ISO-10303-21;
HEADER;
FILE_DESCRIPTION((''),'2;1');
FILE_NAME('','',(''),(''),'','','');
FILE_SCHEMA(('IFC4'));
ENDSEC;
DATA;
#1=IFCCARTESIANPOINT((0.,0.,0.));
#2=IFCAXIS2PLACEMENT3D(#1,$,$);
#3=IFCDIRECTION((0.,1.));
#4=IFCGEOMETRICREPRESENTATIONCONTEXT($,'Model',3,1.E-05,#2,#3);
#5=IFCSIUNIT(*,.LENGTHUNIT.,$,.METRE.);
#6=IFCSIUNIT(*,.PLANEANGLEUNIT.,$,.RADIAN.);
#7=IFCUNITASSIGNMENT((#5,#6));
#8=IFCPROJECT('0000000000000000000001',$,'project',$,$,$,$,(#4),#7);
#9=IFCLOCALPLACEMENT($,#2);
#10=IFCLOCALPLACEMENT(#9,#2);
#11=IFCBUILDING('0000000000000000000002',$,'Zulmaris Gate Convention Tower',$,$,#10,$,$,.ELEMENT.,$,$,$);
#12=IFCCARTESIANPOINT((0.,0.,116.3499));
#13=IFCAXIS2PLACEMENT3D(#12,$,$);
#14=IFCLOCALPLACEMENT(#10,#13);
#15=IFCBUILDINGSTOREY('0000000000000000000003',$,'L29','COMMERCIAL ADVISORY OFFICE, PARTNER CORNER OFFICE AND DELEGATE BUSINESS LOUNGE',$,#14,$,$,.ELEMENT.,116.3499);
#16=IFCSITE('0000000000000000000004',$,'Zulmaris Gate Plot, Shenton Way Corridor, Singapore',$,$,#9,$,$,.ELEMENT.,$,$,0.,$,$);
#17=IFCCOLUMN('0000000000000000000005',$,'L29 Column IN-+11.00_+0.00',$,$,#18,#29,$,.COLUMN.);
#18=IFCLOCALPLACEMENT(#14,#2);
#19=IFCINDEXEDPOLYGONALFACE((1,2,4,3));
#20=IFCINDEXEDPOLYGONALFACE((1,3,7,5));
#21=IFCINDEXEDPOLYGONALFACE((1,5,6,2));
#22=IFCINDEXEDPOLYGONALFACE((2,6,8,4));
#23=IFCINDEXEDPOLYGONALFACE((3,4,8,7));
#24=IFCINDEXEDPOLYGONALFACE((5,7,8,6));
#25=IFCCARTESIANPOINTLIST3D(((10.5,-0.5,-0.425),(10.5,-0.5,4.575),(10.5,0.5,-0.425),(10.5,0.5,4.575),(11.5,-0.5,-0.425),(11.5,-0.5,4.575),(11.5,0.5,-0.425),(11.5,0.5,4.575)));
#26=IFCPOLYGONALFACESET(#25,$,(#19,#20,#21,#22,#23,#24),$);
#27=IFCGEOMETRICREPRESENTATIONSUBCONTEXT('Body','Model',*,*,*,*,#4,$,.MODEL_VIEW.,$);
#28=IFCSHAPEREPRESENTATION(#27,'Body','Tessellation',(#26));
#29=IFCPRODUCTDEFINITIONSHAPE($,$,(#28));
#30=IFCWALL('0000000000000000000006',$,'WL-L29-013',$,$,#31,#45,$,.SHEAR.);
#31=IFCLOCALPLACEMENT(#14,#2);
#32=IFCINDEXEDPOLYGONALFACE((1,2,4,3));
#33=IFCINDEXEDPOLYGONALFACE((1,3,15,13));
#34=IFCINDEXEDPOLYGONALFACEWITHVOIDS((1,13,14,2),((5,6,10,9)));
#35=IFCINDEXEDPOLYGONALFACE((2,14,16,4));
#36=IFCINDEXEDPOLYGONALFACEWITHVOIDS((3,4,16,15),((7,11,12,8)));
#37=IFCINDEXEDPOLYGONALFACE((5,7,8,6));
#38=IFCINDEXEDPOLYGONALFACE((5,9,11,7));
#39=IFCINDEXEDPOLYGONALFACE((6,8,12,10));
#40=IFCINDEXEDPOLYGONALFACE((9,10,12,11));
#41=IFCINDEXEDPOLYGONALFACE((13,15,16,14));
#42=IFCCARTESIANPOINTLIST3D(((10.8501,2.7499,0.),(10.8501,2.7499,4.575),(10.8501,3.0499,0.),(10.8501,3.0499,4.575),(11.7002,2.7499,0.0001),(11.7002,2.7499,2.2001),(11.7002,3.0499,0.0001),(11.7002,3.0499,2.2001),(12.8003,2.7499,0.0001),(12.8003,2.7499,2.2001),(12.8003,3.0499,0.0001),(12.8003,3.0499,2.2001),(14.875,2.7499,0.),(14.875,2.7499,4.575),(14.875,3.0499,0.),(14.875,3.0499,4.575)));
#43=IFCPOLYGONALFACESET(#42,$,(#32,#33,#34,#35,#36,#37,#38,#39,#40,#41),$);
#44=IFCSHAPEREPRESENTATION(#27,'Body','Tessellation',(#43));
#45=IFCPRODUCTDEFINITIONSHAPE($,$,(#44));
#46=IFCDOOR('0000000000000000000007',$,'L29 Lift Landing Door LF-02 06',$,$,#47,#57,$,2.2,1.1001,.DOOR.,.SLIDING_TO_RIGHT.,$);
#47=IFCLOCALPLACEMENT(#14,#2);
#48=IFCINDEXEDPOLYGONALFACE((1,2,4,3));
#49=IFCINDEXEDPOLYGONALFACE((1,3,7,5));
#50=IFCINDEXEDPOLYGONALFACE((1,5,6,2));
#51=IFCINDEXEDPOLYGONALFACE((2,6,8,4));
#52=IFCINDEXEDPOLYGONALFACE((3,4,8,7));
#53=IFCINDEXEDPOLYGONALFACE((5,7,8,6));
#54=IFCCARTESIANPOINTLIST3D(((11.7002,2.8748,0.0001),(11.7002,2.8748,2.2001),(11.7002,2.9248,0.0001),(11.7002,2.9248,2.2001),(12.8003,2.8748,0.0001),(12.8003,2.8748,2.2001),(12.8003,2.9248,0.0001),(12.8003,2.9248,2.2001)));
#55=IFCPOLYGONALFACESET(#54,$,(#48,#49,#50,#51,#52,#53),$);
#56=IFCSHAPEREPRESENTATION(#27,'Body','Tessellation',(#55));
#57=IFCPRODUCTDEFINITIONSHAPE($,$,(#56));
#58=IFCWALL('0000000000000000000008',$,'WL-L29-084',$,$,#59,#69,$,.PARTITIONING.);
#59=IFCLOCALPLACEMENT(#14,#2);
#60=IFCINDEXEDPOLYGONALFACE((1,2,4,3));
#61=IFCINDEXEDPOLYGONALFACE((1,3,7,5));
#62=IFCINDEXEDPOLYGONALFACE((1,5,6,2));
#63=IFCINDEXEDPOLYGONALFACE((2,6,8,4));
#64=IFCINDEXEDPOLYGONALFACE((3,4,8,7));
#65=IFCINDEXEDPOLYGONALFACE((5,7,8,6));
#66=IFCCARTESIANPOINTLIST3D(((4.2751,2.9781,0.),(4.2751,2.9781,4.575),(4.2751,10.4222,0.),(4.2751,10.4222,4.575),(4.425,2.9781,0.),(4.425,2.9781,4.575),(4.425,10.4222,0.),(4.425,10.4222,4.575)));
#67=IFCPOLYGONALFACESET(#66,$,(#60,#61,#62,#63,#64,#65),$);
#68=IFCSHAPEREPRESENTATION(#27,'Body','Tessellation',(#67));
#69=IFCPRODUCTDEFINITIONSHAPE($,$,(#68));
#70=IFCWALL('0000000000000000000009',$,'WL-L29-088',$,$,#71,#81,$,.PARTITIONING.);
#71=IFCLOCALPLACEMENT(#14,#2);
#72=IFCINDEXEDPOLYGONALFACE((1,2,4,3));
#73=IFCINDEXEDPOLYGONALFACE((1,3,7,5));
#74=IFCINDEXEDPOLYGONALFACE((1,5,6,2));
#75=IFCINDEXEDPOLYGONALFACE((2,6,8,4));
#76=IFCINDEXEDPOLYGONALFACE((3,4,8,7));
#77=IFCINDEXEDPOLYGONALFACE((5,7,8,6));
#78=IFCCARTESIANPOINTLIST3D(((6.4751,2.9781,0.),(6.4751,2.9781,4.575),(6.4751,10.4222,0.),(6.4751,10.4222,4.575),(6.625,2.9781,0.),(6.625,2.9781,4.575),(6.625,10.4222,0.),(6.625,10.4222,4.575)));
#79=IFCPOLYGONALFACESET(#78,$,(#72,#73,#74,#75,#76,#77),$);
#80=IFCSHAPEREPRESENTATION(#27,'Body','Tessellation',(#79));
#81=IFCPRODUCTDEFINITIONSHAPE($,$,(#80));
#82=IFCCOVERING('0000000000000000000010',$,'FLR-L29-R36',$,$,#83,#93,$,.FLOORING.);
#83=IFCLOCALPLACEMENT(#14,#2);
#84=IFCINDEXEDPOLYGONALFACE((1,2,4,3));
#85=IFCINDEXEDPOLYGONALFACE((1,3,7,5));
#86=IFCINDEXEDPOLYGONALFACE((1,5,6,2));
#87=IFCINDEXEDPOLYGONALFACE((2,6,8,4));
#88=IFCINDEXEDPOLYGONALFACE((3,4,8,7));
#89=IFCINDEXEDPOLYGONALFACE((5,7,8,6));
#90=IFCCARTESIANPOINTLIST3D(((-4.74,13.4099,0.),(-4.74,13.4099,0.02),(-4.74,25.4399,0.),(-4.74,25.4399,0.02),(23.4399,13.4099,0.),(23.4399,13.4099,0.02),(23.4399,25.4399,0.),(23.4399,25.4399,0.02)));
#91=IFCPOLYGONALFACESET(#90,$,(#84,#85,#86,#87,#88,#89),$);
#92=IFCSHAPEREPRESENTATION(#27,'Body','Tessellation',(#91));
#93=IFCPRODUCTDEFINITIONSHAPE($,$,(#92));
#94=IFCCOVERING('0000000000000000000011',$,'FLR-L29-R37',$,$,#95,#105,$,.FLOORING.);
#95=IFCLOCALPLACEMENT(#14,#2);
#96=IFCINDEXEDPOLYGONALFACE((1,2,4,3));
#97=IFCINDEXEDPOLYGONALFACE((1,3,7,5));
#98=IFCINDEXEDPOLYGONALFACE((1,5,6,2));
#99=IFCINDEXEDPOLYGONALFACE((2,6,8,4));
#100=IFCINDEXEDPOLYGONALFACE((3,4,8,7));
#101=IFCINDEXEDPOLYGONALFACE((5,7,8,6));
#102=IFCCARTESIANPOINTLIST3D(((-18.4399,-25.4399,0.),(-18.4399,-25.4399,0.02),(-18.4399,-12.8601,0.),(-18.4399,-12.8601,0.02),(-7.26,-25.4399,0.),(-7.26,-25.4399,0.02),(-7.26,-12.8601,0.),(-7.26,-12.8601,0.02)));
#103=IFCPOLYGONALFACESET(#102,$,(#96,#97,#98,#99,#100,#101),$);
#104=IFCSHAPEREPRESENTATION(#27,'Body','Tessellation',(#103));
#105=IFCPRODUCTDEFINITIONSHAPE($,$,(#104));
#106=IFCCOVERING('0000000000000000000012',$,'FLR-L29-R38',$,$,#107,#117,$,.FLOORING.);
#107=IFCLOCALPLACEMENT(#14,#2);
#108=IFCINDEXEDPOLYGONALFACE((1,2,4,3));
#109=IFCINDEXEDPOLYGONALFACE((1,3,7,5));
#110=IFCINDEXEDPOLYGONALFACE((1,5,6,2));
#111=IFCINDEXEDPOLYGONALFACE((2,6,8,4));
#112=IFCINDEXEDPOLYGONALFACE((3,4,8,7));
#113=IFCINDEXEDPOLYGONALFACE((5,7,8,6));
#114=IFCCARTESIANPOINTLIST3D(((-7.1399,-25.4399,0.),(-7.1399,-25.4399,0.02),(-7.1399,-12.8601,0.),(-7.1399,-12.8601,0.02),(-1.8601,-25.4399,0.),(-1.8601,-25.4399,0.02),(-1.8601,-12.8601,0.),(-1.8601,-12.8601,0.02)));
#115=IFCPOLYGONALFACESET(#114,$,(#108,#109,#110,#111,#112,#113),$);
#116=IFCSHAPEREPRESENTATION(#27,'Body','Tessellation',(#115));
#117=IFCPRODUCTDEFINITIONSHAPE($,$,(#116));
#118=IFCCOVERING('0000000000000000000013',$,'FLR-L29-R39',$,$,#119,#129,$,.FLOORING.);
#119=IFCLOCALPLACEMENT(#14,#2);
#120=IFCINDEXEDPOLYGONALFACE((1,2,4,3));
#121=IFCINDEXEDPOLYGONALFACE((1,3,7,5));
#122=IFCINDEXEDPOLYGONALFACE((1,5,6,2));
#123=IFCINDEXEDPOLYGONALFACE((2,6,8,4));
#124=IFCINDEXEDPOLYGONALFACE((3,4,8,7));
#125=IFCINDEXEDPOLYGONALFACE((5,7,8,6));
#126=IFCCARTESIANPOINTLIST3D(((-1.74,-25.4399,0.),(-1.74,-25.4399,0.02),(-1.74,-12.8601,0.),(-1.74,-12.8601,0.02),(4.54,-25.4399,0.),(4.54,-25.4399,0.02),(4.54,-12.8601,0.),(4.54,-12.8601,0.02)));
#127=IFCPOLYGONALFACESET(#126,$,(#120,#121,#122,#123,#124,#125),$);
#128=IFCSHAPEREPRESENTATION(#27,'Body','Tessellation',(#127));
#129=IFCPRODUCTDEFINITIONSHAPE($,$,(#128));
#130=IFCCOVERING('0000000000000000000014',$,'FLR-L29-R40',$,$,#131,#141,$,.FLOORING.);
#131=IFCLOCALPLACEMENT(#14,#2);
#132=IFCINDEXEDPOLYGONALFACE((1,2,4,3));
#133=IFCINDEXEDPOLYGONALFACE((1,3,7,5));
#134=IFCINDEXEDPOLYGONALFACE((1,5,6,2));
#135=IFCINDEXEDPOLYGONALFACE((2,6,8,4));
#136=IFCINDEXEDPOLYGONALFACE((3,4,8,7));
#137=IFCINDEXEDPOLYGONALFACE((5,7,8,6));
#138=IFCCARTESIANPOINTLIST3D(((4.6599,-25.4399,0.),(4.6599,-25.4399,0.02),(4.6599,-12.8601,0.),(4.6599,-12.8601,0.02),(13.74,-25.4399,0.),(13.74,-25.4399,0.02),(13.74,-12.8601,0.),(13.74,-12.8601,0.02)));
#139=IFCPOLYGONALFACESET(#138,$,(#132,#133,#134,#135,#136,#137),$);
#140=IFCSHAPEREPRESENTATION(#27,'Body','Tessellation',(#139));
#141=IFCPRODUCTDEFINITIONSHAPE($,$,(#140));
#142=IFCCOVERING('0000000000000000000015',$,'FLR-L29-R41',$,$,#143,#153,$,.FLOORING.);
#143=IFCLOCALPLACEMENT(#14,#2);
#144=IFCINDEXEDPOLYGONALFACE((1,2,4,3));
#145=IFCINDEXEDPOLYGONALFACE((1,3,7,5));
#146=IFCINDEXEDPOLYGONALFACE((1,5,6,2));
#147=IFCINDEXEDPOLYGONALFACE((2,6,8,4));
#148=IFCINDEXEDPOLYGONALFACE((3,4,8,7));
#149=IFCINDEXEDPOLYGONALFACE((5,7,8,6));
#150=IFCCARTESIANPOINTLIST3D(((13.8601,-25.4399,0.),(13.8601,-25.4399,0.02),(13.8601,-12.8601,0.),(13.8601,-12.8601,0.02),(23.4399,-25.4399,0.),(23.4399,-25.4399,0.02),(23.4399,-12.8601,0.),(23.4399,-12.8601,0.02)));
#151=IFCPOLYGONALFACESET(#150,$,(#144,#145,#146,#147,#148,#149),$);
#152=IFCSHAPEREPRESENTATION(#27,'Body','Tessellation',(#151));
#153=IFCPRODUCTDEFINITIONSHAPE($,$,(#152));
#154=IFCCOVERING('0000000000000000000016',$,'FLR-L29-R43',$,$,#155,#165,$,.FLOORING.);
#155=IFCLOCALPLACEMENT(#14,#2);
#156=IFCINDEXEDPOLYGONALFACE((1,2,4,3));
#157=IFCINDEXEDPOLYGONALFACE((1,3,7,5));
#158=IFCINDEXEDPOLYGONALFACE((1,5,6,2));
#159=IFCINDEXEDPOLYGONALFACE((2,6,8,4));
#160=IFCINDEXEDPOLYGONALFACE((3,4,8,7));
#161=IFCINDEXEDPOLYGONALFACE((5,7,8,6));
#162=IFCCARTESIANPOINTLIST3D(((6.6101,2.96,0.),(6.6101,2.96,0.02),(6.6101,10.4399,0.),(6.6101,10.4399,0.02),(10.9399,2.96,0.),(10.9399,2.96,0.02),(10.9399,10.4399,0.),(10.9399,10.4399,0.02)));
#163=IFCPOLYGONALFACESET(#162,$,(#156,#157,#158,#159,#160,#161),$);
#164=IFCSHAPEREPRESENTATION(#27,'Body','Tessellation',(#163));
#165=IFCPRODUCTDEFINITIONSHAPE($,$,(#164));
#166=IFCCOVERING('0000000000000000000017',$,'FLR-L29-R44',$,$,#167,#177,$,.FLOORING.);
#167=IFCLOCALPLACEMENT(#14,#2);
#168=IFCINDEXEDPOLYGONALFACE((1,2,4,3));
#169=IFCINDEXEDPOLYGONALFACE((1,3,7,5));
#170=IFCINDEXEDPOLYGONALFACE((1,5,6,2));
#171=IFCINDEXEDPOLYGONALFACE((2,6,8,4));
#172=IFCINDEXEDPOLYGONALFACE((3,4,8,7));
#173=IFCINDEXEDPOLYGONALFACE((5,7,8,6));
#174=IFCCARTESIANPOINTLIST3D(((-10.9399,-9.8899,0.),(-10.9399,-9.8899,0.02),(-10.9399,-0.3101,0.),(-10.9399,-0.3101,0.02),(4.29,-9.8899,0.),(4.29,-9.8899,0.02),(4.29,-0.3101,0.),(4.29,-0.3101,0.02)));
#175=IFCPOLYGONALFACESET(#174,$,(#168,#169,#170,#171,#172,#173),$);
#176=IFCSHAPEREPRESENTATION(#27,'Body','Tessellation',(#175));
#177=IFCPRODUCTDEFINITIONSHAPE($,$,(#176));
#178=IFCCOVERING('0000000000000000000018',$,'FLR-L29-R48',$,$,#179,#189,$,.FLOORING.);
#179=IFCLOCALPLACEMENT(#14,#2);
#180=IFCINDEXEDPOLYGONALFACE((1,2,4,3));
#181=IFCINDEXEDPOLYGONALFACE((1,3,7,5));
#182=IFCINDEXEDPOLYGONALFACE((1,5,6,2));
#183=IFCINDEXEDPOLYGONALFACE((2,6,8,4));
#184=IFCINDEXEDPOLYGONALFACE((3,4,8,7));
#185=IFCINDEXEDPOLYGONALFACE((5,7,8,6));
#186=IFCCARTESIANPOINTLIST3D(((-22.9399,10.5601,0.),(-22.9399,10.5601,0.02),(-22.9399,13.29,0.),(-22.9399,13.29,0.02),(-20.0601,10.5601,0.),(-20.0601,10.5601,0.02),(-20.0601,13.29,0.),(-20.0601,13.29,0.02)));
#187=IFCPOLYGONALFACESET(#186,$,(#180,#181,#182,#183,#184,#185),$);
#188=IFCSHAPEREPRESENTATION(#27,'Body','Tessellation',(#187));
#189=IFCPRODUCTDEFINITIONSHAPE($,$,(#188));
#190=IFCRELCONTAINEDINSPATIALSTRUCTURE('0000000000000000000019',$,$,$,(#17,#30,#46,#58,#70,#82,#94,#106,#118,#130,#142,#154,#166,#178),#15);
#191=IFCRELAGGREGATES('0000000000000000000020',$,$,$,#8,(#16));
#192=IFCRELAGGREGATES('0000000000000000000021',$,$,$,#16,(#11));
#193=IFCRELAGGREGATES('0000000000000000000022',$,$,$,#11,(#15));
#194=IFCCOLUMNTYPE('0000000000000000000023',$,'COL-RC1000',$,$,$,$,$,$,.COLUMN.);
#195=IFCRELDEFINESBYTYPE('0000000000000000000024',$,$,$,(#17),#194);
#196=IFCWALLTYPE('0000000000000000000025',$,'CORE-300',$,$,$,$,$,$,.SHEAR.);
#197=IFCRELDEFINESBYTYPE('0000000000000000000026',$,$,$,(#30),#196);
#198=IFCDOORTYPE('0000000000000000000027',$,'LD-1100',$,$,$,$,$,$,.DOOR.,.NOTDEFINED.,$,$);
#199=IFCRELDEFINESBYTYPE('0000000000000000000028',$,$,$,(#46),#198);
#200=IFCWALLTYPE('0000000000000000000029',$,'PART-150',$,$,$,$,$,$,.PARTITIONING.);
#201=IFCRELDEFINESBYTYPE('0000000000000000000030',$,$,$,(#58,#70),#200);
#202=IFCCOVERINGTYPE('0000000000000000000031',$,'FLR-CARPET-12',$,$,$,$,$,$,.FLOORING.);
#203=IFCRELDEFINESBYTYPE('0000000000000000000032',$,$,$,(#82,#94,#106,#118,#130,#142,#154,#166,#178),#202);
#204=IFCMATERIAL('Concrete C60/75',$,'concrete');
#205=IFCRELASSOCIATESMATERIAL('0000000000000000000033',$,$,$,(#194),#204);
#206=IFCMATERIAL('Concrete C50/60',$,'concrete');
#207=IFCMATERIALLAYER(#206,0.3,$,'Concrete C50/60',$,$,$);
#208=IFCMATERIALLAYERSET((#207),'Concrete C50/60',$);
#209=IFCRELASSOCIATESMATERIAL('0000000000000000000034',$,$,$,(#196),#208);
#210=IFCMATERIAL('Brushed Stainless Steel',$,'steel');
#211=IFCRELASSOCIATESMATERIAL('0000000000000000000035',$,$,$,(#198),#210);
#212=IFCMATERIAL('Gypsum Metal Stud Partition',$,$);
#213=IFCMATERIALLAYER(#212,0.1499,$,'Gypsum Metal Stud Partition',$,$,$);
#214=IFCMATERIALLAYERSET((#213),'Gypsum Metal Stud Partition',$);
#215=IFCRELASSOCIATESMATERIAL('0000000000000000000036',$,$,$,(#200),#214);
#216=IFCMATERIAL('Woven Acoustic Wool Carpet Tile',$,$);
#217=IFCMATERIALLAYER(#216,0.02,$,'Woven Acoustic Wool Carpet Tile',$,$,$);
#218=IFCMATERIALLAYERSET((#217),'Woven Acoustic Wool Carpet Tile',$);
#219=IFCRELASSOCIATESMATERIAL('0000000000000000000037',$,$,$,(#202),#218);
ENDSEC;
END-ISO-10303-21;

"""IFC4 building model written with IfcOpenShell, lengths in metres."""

from ifc_helpers import new_model, si_unit, direction, frame, frame_2d, origin, origin_2d, place, context, subcontext, project, spatial, polyline, rectangle, outline, extrude, material, layer, layer_set, material_profile, profile_set, type_object, element, fill, save


model = new_model("IFC4")

# Units and contexts
model_context = context("Model", 3, precision=1e-05, world=origin(), true_north=direction((0.0, 1.0)))
body_context = subcontext(model_context, "Body", "Model", "MODEL_VIEW")
ifc_project = project(units=[si_unit("LENGTHUNIT", "METRE"), si_unit("PLANEANGLEUNIT", "RADIAN")], contexts=[model_context])

# Site, building, storey
site_placement = place(None, origin())
site = spatial("IfcSite", under=ifc_project, at=site_placement, Name="Zulmaris Gate Plot, Shenton Way Corridor, Singapore", CompositionType="ELEMENT", RefElevation=0.0)
building_placement = place(site_placement, origin())
building = spatial("IfcBuilding", under=site, at=building_placement, Name="Zulmaris Gate Convention Tower", CompositionType="ELEMENT")
storey_placement = place(building_placement, frame((0.0, 0.0, 116.3499)))
storey = spatial("IfcBuildingStorey", under=building, at=storey_placement, Name="L29", Description="COMMERCIAL ADVISORY OFFICE, PARTNER CORNER OFFICE AND DELEGATE BUSINESS LOUNGE", CompositionType="ELEMENT", Elevation=116.3499)

# Column
ifc_material_1 = material(Name="Concrete C60/75", Category="concrete")
ifc_material_profile = material_profile(ifc_material_1, rectangle(XDim=1.0, YDim=1.0, at=origin_2d()), Name="RC COL 1000x1000")
ifc_profile_set = profile_set([ifc_material_profile], Name="Concrete C60/75")
column_type = type_object("IfcColumnType", Name="COL-RC1000", PredefinedType="COLUMN", material=ifc_profile_set)
column_placement = place(storey_placement, frame((11.0, 0.0, -0.425), z_axis=(0.0, 0.0, 1.0), x_axis=(1.0, 0.0, 0.0)))
element("IfcColumn", 1, at=column_placement, inside=storey, type_object=column_type, Name="L29 Column IN-+11.00_+0.00", PredefinedType="COLUMN", context=body_context, shape_type="SweptSolid", body=[
    extrude(rectangle(XDim=1.0, YDim=1.0, at=origin_2d()), origin(), (0.0, 0.0, 1.0), 5.0),
])

# Wall, opening, door
ifc_material_2 = material(Name="Concrete C50/60", Category="concrete")
ifc_layer_1 = layer(ifc_material_2, 0.3, Name="Concrete C50/60")
ifc_layer_set_1 = layer_set([ifc_layer_1], Name="Concrete C50/60")
wall_type_1 = type_object("IfcWallType", Name="CORE-300", PredefinedType="SHEAR", material=ifc_layer_set_1)
wall_1_placement = place(storey_placement, frame((10.8501, 2.8999, 0.0), z_axis=(0.0, 0.0, 1.0), x_axis=(1.0, 0.0, 0.0)))
wall_1 = element("IfcWall", 2, at=wall_1_placement, inside=storey, type_object=wall_type_1, Name="WL-L29-013", PredefinedType="SHEAR", context=body_context, shape_type="SweptSolid", body=[
    extrude(rectangle(XDim=4.0249, YDim=0.3, at=frame_2d((2.0125, 0.0))), origin(), (0.0, 0.0, 1.0), 4.575),
])
opening_1_placement = place(wall_1_placement, frame((0.8501, 0.0, 0.0)))
opening_1 = element("IfcOpeningElement", 3, at=opening_1_placement, cuts=wall_1, PredefinedType="OPENING", context=body_context, shape_type="SweptSolid", body=[
    extrude(rectangle(XDim=1.1001, YDim=2.2, at=frame_2d((0.55, 1.1001))), frame((0.0, 0.1602, 0.0), z_axis=(0.0, -1.0, 0.0), x_axis=(1.0, 0.0, 0.0)), (0.0, 0.0, 1.0), 0.3201),
])
ifc_material_3 = material(Name="Brushed Stainless Steel", Category="steel")
door_type_1 = type_object("IfcDoorType", Name="LD-1100", OperationType="NOTDEFINED", PredefinedType="DOOR", material=ifc_material_3)
door_1_placement = place(opening_1_placement, origin())
door_1 = element("IfcDoor", 4, at=door_1_placement, inside=storey, type_object=door_type_1, Name="L29 Lift Landing Door LF-02 06", OperationType="SLIDING_TO_RIGHT", OverallHeight=2.2, OverallWidth=1.1001, PredefinedType="DOOR", context=body_context, shape_type="SweptSolid", body=[
    extrude(rectangle(XDim=1.1001, YDim=2.2, at=frame_2d((0.55, 1.1001))), frame((0.0, 0.0249, 0.0), z_axis=(0.0, -1.0, 0.0), x_axis=(1.0, 0.0, 0.0)), (0.0, 0.0, 1.0), 0.05),
])
fill(opening_1, door_1)

# Walls
ifc_material_4 = material(Name="Gypsum Metal Stud Partition")
ifc_layer_2 = layer(ifc_material_4, 0.1499, Name="Gypsum Metal Stud Partition")
ifc_layer_set_2 = layer_set([ifc_layer_2], Name="Gypsum Metal Stud Partition")
wall_type_2 = type_object("IfcWallType", Name="PART-150", PredefinedType="PARTITIONING", material=ifc_layer_set_2)
for number, where, z_axis, x_axis, name in (
    (5, (4.3501, 2.978, 0.0), (0.0, 0.0, 1.0), (0.0, 1.0, 0.0), "WL-L29-084"),
    (6, (6.55, 2.978, 0.0), (0.0, 0.0, 1.0), (0.0, 1.0, 0.0), "WL-L29-088"),
):
    element("IfcWall", number, at=place(storey_placement, frame(where, z_axis=z_axis, x_axis=x_axis)), inside=storey, type_object=wall_type_2, Name=name, PredefinedType="PARTITIONING", context=body_context, shape_type="SweptSolid", body=[
        extrude(rectangle(XDim=7.4441, YDim=0.1499, at=frame_2d((3.7222, 0.0))), origin(), (0.0, 0.0, 1.0), 4.575),
    ])

# Coverings
ifc_material_5 = material(Name="Woven Acoustic Wool Carpet Tile")
ifc_layer_3 = layer(ifc_material_5, 0.02, Name="Woven Acoustic Wool Carpet Tile")
ifc_layer_set_3 = layer_set([ifc_layer_3], Name="Woven Acoustic Wool Carpet Tile")
covering_type_1 = type_object("IfcCoveringType", Name="FLR-CARPET-12", PredefinedType="FLOORING", material=ifc_layer_set_3)
covering_1_placement = place(storey_placement, origin())
element("IfcCovering", 7, at=covering_1_placement, inside=storey, type_object=covering_type_1, Name="FLR-L29-R36", PredefinedType="FLOORING", context=body_context, shape_type="SweptSolid", body=[
    extrude(outline(polyline([(-4.74, 13.4099), (23.4399, 13.4099), (23.4399, 25.4399), (-4.74, 25.4399), (-4.74, 13.4099)])), origin(), (0.0, 0.0, 1.0), 0.02),
])
covering_2_placement = place(storey_placement, origin())
element("IfcCovering", 8, at=covering_2_placement, inside=storey, type_object=covering_type_1, Name="FLR-L29-R37", PredefinedType="FLOORING", context=body_context, shape_type="SweptSolid", body=[
    extrude(outline(polyline([(-18.4399, -25.4399), (-7.26, -25.4399), (-7.26, -12.8601), (-18.4399, -12.8601), (-18.4399, -25.4399)])), origin(), (0.0, 0.0, 1.0), 0.02),
])
covering_3_placement = place(storey_placement, origin())
element("IfcCovering", 9, at=covering_3_placement, inside=storey, type_object=covering_type_1, Name="FLR-L29-R38", PredefinedType="FLOORING", context=body_context, shape_type="SweptSolid", body=[
    extrude(outline(polyline([(-7.1399, -25.4399), (-1.8601, -25.4399), (-1.8601, -12.8601), (-7.1399, -12.8601), (-7.1399, -25.4399)])), origin(), (0.0, 0.0, 1.0), 0.02),
])
covering_4_placement = place(storey_placement, origin())
element("IfcCovering", 10, at=covering_4_placement, inside=storey, type_object=covering_type_1, Name="FLR-L29-R39", PredefinedType="FLOORING", context=body_context, shape_type="SweptSolid", body=[
    extrude(outline(polyline([(-1.74, -25.4399), (4.54, -25.4399), (4.54, -12.8601), (-1.74, -12.8601), (-1.74, -25.4399)])), origin(), (0.0, 0.0, 1.0), 0.02),
])
covering_5_placement = place(storey_placement, origin())
element("IfcCovering", 11, at=covering_5_placement, inside=storey, type_object=covering_type_1, Name="FLR-L29-R40", PredefinedType="FLOORING", context=body_context, shape_type="SweptSolid", body=[
    extrude(outline(polyline([(4.6599, -25.4399), (13.74, -25.4399), (13.74, -12.8601), (4.6599, -12.8601), (4.6599, -25.4399)])), origin(), (0.0, 0.0, 1.0), 0.02),
])
covering_6_placement = place(storey_placement, origin())
element("IfcCovering", 12, at=covering_6_placement, inside=storey, type_object=covering_type_1, Name="FLR-L29-R41", PredefinedType="FLOORING", context=body_context, shape_type="SweptSolid", body=[
    extrude(outline(polyline([(13.8601, -25.4399), (23.4399, -25.4399), (23.4399, -12.8601), (13.8601, -12.8601), (13.8601, -25.4399)])), origin(), (0.0, 0.0, 1.0), 0.02),
])
covering_7_placement = place(storey_placement, origin())
element("IfcCovering", 13, at=covering_7_placement, inside=storey, type_object=covering_type_1, Name="FLR-L29-R43", PredefinedType="FLOORING", context=body_context, shape_type="SweptSolid", body=[
    extrude(outline(polyline([(6.6101, 2.96), (10.9399, 2.96), (10.9399, 10.4399), (6.6101, 10.4399), (6.6101, 2.96)])), origin(), (0.0, 0.0, 1.0), 0.02),
])
covering_8_placement = place(storey_placement, origin())
element("IfcCovering", 14, at=covering_8_placement, inside=storey, type_object=covering_type_1, Name="FLR-L29-R44", PredefinedType="FLOORING", context=body_context, shape_type="SweptSolid", body=[
    extrude(outline(polyline([(-10.9399, -9.8899), (4.29, -9.8899), (4.29, -0.3101), (-10.9399, -0.3101), (-10.9399, -9.8899)])), origin(), (0.0, 0.0, 1.0), 0.02),
])
covering_9_placement = place(storey_placement, origin())
element("IfcCovering", 15, at=covering_9_placement, inside=storey, type_object=covering_type_1, Name="FLR-L29-R48", PredefinedType="FLOORING", context=body_context, shape_type="SweptSolid", body=[
    extrude(outline(polyline([(-22.9399, 10.5601), (-20.0601, 10.5601), (-20.0601, 13.29), (-22.9399, 13.29), (-22.9399, 10.5601)])), origin(), (0.0, 0.0, 1.0), 0.02),
])

save(model, "model.ifc")
